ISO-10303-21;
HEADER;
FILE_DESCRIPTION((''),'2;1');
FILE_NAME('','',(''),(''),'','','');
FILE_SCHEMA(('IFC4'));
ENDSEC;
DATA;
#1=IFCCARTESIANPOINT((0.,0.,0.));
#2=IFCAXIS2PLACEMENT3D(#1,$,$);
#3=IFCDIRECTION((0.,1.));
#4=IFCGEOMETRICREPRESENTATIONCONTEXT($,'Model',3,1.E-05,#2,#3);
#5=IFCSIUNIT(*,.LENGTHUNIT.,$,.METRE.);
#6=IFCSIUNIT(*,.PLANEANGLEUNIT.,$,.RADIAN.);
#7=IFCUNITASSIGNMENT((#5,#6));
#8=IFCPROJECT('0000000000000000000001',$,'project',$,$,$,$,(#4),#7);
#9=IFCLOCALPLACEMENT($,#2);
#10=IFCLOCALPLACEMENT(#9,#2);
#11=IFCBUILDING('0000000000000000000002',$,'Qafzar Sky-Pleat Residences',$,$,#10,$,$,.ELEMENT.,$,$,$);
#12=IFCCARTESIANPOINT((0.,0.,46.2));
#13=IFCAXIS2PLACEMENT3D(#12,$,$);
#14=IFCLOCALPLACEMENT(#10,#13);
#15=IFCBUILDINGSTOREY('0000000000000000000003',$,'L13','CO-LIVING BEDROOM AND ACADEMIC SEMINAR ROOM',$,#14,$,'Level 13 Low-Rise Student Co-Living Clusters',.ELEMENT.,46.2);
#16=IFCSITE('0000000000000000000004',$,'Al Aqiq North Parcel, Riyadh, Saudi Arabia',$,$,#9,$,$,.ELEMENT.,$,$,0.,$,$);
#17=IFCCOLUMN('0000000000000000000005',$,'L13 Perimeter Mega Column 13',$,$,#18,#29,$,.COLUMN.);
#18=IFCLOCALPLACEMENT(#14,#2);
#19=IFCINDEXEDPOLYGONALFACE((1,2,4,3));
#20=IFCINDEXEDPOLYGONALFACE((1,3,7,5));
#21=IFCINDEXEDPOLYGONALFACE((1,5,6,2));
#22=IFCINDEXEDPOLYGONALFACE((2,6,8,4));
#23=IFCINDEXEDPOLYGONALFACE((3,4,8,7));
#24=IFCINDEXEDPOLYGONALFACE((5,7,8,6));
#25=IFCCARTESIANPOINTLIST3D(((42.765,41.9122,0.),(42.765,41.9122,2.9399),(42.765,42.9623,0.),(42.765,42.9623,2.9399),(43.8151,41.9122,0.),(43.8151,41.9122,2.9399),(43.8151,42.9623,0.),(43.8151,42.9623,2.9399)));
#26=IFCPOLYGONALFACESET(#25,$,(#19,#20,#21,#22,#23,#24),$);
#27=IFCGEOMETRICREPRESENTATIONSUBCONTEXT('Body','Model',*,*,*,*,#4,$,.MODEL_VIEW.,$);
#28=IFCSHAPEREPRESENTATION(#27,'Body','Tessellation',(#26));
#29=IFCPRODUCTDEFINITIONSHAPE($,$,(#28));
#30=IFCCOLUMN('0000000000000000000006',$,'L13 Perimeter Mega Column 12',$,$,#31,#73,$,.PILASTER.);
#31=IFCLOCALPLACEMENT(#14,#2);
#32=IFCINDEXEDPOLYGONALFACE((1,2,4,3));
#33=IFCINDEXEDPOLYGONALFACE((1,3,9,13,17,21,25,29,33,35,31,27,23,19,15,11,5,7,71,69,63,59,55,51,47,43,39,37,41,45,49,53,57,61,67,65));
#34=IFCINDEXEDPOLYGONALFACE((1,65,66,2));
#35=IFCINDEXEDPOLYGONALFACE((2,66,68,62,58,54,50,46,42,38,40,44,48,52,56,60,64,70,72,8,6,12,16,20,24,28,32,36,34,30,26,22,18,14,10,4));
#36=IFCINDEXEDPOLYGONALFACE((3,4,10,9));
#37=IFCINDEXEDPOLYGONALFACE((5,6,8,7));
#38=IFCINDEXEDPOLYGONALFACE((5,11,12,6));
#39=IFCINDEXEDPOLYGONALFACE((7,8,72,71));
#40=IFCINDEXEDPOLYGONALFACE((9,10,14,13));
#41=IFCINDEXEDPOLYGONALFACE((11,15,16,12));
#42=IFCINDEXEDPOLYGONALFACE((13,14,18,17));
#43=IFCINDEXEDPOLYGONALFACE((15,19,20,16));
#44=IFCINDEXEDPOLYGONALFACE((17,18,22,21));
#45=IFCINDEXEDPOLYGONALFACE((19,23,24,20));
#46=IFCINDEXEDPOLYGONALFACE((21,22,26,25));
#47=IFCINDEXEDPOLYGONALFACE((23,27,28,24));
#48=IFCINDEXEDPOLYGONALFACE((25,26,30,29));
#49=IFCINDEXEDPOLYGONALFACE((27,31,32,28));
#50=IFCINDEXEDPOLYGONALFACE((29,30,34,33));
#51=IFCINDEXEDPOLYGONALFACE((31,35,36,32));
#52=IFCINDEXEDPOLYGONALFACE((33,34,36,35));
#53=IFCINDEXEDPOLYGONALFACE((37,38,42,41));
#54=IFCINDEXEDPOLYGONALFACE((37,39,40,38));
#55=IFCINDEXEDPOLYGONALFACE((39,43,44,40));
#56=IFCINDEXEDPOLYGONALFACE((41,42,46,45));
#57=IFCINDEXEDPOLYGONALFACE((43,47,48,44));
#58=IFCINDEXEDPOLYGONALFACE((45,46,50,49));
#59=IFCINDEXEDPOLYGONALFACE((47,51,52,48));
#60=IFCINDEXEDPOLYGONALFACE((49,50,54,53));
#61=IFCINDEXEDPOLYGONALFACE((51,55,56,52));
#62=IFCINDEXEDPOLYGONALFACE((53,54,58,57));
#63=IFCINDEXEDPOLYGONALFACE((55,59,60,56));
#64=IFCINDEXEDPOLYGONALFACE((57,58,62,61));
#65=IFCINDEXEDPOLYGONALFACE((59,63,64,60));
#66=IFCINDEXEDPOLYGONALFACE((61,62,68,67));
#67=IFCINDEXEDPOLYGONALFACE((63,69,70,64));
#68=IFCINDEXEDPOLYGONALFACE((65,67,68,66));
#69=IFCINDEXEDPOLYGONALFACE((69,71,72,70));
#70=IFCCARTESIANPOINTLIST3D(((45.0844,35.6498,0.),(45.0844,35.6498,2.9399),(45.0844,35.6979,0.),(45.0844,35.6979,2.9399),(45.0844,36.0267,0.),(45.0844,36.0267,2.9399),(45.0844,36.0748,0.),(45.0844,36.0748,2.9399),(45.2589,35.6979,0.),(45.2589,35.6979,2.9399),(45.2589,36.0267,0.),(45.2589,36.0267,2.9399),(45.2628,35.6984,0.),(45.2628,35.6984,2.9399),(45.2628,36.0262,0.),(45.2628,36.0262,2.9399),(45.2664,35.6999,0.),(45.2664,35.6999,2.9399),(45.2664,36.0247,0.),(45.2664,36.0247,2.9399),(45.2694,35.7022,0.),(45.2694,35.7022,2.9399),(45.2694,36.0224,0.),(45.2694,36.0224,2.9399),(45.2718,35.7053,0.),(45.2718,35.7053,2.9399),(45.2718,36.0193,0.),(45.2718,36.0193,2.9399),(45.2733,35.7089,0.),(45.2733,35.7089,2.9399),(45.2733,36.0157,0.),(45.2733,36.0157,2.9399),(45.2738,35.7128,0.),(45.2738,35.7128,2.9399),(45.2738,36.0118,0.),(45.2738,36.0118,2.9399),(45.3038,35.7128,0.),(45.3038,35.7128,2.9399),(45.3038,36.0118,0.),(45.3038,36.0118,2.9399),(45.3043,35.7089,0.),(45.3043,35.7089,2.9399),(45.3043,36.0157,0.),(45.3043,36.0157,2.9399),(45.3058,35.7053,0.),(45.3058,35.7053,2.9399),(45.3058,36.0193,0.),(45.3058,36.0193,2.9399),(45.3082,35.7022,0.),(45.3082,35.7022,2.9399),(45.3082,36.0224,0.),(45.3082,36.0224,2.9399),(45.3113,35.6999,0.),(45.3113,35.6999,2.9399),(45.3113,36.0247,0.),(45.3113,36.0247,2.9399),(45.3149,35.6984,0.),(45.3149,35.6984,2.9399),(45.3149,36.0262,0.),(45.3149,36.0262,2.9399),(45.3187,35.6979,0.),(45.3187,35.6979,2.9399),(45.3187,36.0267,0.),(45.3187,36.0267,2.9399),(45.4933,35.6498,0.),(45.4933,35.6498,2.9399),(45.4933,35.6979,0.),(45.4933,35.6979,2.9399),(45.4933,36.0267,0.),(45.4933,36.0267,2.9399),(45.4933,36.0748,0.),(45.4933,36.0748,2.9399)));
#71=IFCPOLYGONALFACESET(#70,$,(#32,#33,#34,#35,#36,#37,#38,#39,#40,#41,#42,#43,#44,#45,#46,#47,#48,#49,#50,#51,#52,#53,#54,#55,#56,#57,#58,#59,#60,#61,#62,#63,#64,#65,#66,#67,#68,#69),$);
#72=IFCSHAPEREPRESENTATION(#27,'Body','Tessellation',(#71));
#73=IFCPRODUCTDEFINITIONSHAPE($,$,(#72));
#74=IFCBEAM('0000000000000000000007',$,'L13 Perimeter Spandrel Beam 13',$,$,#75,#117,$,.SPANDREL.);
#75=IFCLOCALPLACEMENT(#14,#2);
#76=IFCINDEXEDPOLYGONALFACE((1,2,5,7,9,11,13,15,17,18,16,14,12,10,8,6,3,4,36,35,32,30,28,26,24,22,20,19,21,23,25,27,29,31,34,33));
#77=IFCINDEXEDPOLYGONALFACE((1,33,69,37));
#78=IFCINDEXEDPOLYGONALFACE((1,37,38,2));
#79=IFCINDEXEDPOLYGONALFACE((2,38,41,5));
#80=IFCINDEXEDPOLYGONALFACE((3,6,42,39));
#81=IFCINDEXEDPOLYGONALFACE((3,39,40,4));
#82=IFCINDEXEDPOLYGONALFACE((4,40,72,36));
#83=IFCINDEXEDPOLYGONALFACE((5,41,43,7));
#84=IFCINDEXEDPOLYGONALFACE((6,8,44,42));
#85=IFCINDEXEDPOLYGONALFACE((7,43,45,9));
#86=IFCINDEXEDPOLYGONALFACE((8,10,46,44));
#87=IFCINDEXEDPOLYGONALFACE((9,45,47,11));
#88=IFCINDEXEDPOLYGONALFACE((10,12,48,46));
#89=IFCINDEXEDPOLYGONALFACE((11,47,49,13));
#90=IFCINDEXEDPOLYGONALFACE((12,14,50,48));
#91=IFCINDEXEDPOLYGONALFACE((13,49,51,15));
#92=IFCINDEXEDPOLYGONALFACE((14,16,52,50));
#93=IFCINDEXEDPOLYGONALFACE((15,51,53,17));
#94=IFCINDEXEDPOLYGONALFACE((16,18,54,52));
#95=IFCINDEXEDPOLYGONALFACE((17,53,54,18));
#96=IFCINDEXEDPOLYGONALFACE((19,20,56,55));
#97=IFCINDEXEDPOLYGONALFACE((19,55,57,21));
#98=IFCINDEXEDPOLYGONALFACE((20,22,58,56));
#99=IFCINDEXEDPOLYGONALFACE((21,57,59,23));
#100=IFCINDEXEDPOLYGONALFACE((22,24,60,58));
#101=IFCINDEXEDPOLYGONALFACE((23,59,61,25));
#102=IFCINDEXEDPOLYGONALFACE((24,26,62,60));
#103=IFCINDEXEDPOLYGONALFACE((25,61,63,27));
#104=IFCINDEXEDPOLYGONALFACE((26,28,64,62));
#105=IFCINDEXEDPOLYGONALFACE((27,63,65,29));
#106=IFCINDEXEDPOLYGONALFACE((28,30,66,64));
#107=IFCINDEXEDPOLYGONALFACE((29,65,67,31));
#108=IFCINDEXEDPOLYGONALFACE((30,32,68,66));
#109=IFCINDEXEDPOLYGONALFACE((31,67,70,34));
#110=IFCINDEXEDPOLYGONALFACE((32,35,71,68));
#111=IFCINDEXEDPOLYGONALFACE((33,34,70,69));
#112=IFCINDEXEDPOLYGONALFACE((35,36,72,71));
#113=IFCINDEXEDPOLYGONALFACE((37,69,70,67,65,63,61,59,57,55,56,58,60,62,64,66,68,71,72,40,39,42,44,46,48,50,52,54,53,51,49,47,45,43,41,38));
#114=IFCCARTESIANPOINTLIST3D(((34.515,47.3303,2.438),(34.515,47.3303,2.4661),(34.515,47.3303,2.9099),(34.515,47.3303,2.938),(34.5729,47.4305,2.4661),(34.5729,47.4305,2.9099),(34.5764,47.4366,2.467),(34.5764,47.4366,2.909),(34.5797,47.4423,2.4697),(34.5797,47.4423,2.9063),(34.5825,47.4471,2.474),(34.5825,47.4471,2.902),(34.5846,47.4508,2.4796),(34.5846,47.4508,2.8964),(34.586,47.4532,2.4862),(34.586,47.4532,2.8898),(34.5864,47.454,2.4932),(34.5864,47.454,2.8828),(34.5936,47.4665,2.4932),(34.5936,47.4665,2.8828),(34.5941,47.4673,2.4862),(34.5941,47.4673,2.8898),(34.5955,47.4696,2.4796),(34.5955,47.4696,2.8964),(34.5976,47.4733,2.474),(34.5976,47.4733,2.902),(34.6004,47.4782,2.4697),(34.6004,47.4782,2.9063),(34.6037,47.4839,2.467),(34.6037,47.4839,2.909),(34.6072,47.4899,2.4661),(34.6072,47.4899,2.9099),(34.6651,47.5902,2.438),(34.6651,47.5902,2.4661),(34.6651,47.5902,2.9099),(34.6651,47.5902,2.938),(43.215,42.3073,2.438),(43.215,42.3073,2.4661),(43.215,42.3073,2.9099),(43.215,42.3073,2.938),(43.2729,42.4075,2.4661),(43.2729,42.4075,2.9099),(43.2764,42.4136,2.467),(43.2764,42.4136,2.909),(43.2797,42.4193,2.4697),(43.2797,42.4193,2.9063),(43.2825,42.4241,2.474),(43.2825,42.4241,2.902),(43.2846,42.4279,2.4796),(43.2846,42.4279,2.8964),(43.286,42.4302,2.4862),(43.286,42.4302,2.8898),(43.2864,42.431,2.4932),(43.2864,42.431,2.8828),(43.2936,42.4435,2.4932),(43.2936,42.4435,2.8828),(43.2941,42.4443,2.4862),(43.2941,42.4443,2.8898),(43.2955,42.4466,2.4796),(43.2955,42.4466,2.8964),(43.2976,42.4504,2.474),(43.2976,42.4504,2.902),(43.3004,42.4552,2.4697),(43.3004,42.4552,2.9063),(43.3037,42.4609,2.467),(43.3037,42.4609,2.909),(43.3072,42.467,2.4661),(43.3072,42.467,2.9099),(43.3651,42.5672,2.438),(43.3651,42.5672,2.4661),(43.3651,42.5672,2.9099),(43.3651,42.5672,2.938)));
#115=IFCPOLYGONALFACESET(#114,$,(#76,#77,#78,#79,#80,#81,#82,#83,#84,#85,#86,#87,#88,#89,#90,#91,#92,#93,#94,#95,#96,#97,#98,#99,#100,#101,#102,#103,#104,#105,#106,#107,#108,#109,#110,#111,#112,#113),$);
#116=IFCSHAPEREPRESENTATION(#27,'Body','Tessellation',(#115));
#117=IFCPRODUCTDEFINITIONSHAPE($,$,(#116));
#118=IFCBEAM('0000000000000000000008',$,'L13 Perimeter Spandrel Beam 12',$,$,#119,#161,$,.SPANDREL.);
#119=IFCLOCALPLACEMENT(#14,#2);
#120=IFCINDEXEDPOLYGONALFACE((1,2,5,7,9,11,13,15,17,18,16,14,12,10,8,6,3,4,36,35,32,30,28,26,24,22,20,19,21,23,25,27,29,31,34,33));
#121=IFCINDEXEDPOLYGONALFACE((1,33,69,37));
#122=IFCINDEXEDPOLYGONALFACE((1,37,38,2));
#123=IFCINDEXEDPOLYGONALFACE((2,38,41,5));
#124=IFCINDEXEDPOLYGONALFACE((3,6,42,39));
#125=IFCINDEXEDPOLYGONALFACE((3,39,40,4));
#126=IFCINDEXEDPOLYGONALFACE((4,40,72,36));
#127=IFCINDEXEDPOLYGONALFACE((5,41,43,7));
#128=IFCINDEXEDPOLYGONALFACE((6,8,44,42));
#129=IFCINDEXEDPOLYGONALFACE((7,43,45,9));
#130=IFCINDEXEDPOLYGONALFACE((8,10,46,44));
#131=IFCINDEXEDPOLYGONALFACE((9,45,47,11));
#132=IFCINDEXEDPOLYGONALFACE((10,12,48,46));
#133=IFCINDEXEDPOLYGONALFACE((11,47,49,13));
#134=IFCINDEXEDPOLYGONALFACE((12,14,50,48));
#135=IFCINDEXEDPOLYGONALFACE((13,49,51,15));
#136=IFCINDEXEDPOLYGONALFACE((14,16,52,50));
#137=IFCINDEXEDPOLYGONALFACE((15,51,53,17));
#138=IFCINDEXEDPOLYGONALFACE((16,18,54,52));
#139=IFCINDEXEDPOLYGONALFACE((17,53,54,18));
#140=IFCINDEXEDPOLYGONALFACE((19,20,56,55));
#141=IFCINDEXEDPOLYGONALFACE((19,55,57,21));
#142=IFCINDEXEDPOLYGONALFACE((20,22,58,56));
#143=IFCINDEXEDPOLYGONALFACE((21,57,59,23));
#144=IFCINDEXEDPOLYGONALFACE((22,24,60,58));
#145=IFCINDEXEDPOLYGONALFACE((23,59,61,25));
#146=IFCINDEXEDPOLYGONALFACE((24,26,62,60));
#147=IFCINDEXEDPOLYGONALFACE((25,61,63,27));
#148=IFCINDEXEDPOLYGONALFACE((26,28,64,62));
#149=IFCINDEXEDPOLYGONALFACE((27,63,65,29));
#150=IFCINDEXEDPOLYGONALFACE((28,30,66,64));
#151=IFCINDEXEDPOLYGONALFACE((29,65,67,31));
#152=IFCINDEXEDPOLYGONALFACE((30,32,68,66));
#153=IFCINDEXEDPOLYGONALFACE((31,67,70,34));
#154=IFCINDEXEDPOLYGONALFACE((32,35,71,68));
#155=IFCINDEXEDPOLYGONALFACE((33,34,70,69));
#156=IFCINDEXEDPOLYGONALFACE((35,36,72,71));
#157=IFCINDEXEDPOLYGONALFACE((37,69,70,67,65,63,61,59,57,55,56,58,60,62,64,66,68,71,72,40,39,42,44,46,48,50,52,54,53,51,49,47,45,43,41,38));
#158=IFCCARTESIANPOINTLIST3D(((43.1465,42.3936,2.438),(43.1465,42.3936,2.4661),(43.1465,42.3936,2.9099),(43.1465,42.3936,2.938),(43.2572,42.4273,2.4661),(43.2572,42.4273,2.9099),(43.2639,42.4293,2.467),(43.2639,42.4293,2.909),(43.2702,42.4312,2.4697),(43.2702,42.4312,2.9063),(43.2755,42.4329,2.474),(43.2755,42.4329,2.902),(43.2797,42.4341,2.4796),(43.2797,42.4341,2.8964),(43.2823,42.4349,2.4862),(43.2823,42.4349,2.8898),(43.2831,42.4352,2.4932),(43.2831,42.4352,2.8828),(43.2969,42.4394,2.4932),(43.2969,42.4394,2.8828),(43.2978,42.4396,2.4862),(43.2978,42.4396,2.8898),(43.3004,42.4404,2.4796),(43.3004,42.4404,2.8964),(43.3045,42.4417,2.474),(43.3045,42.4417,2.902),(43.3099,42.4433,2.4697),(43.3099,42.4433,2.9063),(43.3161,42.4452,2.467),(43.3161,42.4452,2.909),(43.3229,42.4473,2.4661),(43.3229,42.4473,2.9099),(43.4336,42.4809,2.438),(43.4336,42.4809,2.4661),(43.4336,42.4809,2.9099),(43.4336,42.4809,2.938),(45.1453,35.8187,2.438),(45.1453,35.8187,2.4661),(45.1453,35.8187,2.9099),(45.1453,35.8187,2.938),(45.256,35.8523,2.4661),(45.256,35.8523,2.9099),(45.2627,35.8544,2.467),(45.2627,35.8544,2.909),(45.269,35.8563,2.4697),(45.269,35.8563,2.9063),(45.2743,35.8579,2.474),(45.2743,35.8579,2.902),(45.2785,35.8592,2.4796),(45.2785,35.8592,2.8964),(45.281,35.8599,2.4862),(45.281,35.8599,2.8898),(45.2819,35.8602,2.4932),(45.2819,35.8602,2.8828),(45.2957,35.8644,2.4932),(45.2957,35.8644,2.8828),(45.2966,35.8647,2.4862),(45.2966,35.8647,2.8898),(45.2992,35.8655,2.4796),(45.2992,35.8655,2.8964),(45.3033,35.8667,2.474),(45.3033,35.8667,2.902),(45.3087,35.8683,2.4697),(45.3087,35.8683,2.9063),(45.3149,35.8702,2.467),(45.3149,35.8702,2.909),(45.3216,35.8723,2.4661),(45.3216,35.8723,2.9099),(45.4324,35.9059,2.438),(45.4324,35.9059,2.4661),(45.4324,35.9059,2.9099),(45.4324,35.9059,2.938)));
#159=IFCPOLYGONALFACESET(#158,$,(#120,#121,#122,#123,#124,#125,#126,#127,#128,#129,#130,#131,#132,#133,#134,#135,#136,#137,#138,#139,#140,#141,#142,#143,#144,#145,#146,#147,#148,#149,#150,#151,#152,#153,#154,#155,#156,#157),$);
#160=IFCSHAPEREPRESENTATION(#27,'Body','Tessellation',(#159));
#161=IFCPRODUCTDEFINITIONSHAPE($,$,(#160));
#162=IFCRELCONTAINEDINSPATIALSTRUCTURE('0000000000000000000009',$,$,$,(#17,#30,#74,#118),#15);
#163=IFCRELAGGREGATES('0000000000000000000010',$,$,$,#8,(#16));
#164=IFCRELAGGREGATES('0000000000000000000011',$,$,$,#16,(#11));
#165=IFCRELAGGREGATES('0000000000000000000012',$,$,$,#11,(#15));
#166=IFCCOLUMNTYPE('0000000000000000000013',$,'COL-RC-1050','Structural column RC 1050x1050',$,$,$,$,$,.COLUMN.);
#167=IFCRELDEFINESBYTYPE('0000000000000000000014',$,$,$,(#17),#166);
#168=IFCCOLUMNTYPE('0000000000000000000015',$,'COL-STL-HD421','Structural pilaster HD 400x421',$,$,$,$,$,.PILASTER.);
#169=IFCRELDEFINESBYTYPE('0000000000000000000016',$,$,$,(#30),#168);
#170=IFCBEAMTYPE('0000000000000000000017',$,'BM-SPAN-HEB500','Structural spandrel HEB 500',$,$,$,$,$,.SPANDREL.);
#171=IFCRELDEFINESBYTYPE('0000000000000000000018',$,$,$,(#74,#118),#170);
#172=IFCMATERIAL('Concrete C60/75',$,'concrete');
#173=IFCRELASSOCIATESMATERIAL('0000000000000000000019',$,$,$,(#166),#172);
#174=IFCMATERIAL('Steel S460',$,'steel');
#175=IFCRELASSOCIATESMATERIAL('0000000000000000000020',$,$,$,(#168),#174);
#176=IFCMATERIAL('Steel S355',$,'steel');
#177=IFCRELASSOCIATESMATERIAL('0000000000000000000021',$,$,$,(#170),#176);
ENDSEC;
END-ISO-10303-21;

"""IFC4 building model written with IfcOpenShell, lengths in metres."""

from ifc_helpers import new_model, si_unit, direction, frame, origin, origin_2d, place, context, subcontext, project, spatial, rectangle, i_section, extrude, source, transform, mapped, material, material_profile, profile_set, type_object, element, save


model = new_model("IFC4")

# Units and contexts
model_context = context("Model", 3, precision=1e-05, world=origin(), true_north=direction((0.0, 1.0)))
body_context = subcontext(model_context, "Body", "Model", "MODEL_VIEW")
ifc_project = project(units=[si_unit("LENGTHUNIT", "METRE"), si_unit("PLANEANGLEUNIT", "RADIAN")], contexts=[model_context])

# Site, building, storey
site_placement = place(None, origin())
site = spatial("IfcSite", under=ifc_project, at=site_placement, Name="Al Aqiq North Parcel, Riyadh, Saudi Arabia", CompositionType="ELEMENT", RefElevation=0.0)
building_placement = place(site_placement, origin())
building = spatial("IfcBuilding", under=site, at=building_placement, Name="Qafzar Sky-Pleat Residences", CompositionType="ELEMENT")
storey_placement = place(building_placement, frame((0.0, 0.0, 46.2)))
storey = spatial("IfcBuildingStorey", under=building, at=storey_placement, Name="L13", Description="CO-LIVING BEDROOM AND ACADEMIC SEMINAR ROOM", LongName="Level 13 Low-Rise Student Co-Living Clusters", CompositionType="ELEMENT", Elevation=46.2)

# Columns
ifc_material_1 = material(Name="Concrete C60/75", Category="concrete")
ifc_material_profile_1 = material_profile(ifc_material_1, rectangle(XDim=1.05, YDim=1.05, at=origin_2d()), Name="RC 1050x1050")
ifc_profile_set_1 = profile_set([ifc_material_profile_1], Name="Concrete C60/75")
column_type_1 = type_object("IfcColumnType", Name="COL-RC-1050", Description="Structural column RC 1050x1050", PredefinedType="COLUMN", material=ifc_profile_set_1)
shared_shape_1 = source(origin(), body_context, "Body", "SweptSolid", [
    extrude(rectangle(XDim=1.05, YDim=1.05, at=origin_2d()), origin(), (0.0, 0.0, 1.0), 2.9399),
])
column_1_placement = place(storey_placement, frame((43.29, 42.4373, 0.0), z_axis=(0.0, 0.0, 1.0), x_axis=(1.0, 0.0, 0.0)))
element("IfcColumn", 1, at=column_1_placement, inside=storey, type_object=column_type_1, Name="L13 Perimeter Mega Column 13", PredefinedType="COLUMN", context=body_context, shape_type="MappedRepresentation", body=[
    mapped(shared_shape_1, transform((0.0, 0.0, 0.0), x_axis=(1.0, 0.0, 0.0), y_axis=(0.0, 1.0, 0.0), z_axis=(0.0, 0.0, 1.0), scale=1.0)),
])
ifc_material_2 = material(Name="Steel S460", Category="steel")
ifc_material_profile_2 = material_profile(ifc_material_2, i_section(OverallWidth=0.4089, OverallDepth=0.425, WebThickness=0.03, FlangeThickness=0.0481, FilletRadius=0.0149, at=origin_2d()), Name="HD 400x421")
ifc_profile_set_2 = profile_set([ifc_material_profile_2], Name="Steel S460")
column_type_2 = type_object("IfcColumnType", Name="COL-STL-HD421", Description="Structural pilaster HD 400x421", PredefinedType="PILASTER", material=ifc_profile_set_2)
shared_shape_2 = source(origin(), body_context, "Body", "SweptSolid", [
    extrude(i_section(OverallWidth=0.4089, OverallDepth=0.425, WebThickness=0.03, FlangeThickness=0.0481, FilletRadius=0.0149, at=origin_2d()), origin(), (0.0, 0.0, 1.0), 2.9399),
])
column_2_placement = place(storey_placement, frame((45.2888, 35.8623, 0.0), z_axis=(0.0, 0.0, 1.0), x_axis=(1.0, 0.0, 0.0)))
element("IfcColumn", 2, at=column_2_placement, inside=storey, type_object=column_type_2, Name="L13 Perimeter Mega Column 12", PredefinedType="PILASTER", context=body_context, shape_type="MappedRepresentation", body=[
    mapped(shared_shape_2, transform((0.0, 0.0, 0.0), x_axis=(1.0, 0.0, 0.0), y_axis=(0.0, 1.0, 0.0), z_axis=(0.0, 0.0, 1.0), scale=1.0)),
])

# Beams
ifc_material_3 = material(Name="Steel S355", Category="steel")
ifc_material_profile_3 = material_profile(ifc_material_3, i_section(OverallWidth=0.3, OverallDepth=0.5, WebThickness=0.0144, FlangeThickness=0.0281, FilletRadius=0.0271, at=origin_2d()), Name="HEB 500")
ifc_profile_set_3 = profile_set([ifc_material_profile_3], Name="Steel S355")
beam_type_1 = type_object("IfcBeamType", Name="BM-SPAN-HEB500", Description="Structural spandrel HEB 500", PredefinedType="SPANDREL", material=ifc_profile_set_3)
shared_shape_3 = source(origin(), body_context, "Body", "SweptSolid", [
    extrude(i_section(OverallWidth=0.3, OverallDepth=0.5, WebThickness=0.0144, FlangeThickness=0.0281, FilletRadius=0.0271, at=origin_2d()), origin(), (0.0, 0.0, 1.0), 10.0459),
])
beam_1_placement = place(storey_placement, frame((43.29, 42.4373, 2.688), z_axis=(-0.866024, 0.500002, 0.0), x_axis=(-0.500002, -0.866024, 0.0)))
element("IfcBeam", 3, at=beam_1_placement, inside=storey, type_object=beam_type_1, Name="L13 Perimeter Spandrel Beam 13", PredefinedType="SPANDREL", context=body_context, shape_type="MappedRepresentation", body=[
    mapped(shared_shape_3, transform((0.0, 0.0, 0.0), x_axis=(1.0, 0.0, 0.0), y_axis=(0.0, 1.0, 0.0), z_axis=(0.0, 0.0, 1.0), scale=1.0)),
])
shared_shape_4 = source(origin(), body_context, "Body", "SweptSolid", [
    extrude(i_section(OverallWidth=0.3, OverallDepth=0.5, WebThickness=0.0144, FlangeThickness=0.0281, FilletRadius=0.0271, at=origin_2d()), origin(), (0.0, 0.0, 1.0), 6.8721),
])
beam_2_placement = place(storey_placement, frame((45.2888, 35.8623, 2.688), z_axis=(-0.290856, 0.956767, 0.0), x_axis=(-0.956767, -0.290856, 0.0)))
element("IfcBeam", 4, at=beam_2_placement, inside=storey, type_object=beam_type_1, Name="L13 Perimeter Spandrel Beam 12", PredefinedType="SPANDREL", context=body_context, shape_type="MappedRepresentation", body=[
    mapped(shared_shape_4, transform((0.0, 0.0, 0.0), x_axis=(1.0, 0.0, 0.0), y_axis=(0.0, 1.0, 0.0), z_axis=(0.0, 0.0, 1.0), scale=1.0)),
])

save(model, "model.ifc")
